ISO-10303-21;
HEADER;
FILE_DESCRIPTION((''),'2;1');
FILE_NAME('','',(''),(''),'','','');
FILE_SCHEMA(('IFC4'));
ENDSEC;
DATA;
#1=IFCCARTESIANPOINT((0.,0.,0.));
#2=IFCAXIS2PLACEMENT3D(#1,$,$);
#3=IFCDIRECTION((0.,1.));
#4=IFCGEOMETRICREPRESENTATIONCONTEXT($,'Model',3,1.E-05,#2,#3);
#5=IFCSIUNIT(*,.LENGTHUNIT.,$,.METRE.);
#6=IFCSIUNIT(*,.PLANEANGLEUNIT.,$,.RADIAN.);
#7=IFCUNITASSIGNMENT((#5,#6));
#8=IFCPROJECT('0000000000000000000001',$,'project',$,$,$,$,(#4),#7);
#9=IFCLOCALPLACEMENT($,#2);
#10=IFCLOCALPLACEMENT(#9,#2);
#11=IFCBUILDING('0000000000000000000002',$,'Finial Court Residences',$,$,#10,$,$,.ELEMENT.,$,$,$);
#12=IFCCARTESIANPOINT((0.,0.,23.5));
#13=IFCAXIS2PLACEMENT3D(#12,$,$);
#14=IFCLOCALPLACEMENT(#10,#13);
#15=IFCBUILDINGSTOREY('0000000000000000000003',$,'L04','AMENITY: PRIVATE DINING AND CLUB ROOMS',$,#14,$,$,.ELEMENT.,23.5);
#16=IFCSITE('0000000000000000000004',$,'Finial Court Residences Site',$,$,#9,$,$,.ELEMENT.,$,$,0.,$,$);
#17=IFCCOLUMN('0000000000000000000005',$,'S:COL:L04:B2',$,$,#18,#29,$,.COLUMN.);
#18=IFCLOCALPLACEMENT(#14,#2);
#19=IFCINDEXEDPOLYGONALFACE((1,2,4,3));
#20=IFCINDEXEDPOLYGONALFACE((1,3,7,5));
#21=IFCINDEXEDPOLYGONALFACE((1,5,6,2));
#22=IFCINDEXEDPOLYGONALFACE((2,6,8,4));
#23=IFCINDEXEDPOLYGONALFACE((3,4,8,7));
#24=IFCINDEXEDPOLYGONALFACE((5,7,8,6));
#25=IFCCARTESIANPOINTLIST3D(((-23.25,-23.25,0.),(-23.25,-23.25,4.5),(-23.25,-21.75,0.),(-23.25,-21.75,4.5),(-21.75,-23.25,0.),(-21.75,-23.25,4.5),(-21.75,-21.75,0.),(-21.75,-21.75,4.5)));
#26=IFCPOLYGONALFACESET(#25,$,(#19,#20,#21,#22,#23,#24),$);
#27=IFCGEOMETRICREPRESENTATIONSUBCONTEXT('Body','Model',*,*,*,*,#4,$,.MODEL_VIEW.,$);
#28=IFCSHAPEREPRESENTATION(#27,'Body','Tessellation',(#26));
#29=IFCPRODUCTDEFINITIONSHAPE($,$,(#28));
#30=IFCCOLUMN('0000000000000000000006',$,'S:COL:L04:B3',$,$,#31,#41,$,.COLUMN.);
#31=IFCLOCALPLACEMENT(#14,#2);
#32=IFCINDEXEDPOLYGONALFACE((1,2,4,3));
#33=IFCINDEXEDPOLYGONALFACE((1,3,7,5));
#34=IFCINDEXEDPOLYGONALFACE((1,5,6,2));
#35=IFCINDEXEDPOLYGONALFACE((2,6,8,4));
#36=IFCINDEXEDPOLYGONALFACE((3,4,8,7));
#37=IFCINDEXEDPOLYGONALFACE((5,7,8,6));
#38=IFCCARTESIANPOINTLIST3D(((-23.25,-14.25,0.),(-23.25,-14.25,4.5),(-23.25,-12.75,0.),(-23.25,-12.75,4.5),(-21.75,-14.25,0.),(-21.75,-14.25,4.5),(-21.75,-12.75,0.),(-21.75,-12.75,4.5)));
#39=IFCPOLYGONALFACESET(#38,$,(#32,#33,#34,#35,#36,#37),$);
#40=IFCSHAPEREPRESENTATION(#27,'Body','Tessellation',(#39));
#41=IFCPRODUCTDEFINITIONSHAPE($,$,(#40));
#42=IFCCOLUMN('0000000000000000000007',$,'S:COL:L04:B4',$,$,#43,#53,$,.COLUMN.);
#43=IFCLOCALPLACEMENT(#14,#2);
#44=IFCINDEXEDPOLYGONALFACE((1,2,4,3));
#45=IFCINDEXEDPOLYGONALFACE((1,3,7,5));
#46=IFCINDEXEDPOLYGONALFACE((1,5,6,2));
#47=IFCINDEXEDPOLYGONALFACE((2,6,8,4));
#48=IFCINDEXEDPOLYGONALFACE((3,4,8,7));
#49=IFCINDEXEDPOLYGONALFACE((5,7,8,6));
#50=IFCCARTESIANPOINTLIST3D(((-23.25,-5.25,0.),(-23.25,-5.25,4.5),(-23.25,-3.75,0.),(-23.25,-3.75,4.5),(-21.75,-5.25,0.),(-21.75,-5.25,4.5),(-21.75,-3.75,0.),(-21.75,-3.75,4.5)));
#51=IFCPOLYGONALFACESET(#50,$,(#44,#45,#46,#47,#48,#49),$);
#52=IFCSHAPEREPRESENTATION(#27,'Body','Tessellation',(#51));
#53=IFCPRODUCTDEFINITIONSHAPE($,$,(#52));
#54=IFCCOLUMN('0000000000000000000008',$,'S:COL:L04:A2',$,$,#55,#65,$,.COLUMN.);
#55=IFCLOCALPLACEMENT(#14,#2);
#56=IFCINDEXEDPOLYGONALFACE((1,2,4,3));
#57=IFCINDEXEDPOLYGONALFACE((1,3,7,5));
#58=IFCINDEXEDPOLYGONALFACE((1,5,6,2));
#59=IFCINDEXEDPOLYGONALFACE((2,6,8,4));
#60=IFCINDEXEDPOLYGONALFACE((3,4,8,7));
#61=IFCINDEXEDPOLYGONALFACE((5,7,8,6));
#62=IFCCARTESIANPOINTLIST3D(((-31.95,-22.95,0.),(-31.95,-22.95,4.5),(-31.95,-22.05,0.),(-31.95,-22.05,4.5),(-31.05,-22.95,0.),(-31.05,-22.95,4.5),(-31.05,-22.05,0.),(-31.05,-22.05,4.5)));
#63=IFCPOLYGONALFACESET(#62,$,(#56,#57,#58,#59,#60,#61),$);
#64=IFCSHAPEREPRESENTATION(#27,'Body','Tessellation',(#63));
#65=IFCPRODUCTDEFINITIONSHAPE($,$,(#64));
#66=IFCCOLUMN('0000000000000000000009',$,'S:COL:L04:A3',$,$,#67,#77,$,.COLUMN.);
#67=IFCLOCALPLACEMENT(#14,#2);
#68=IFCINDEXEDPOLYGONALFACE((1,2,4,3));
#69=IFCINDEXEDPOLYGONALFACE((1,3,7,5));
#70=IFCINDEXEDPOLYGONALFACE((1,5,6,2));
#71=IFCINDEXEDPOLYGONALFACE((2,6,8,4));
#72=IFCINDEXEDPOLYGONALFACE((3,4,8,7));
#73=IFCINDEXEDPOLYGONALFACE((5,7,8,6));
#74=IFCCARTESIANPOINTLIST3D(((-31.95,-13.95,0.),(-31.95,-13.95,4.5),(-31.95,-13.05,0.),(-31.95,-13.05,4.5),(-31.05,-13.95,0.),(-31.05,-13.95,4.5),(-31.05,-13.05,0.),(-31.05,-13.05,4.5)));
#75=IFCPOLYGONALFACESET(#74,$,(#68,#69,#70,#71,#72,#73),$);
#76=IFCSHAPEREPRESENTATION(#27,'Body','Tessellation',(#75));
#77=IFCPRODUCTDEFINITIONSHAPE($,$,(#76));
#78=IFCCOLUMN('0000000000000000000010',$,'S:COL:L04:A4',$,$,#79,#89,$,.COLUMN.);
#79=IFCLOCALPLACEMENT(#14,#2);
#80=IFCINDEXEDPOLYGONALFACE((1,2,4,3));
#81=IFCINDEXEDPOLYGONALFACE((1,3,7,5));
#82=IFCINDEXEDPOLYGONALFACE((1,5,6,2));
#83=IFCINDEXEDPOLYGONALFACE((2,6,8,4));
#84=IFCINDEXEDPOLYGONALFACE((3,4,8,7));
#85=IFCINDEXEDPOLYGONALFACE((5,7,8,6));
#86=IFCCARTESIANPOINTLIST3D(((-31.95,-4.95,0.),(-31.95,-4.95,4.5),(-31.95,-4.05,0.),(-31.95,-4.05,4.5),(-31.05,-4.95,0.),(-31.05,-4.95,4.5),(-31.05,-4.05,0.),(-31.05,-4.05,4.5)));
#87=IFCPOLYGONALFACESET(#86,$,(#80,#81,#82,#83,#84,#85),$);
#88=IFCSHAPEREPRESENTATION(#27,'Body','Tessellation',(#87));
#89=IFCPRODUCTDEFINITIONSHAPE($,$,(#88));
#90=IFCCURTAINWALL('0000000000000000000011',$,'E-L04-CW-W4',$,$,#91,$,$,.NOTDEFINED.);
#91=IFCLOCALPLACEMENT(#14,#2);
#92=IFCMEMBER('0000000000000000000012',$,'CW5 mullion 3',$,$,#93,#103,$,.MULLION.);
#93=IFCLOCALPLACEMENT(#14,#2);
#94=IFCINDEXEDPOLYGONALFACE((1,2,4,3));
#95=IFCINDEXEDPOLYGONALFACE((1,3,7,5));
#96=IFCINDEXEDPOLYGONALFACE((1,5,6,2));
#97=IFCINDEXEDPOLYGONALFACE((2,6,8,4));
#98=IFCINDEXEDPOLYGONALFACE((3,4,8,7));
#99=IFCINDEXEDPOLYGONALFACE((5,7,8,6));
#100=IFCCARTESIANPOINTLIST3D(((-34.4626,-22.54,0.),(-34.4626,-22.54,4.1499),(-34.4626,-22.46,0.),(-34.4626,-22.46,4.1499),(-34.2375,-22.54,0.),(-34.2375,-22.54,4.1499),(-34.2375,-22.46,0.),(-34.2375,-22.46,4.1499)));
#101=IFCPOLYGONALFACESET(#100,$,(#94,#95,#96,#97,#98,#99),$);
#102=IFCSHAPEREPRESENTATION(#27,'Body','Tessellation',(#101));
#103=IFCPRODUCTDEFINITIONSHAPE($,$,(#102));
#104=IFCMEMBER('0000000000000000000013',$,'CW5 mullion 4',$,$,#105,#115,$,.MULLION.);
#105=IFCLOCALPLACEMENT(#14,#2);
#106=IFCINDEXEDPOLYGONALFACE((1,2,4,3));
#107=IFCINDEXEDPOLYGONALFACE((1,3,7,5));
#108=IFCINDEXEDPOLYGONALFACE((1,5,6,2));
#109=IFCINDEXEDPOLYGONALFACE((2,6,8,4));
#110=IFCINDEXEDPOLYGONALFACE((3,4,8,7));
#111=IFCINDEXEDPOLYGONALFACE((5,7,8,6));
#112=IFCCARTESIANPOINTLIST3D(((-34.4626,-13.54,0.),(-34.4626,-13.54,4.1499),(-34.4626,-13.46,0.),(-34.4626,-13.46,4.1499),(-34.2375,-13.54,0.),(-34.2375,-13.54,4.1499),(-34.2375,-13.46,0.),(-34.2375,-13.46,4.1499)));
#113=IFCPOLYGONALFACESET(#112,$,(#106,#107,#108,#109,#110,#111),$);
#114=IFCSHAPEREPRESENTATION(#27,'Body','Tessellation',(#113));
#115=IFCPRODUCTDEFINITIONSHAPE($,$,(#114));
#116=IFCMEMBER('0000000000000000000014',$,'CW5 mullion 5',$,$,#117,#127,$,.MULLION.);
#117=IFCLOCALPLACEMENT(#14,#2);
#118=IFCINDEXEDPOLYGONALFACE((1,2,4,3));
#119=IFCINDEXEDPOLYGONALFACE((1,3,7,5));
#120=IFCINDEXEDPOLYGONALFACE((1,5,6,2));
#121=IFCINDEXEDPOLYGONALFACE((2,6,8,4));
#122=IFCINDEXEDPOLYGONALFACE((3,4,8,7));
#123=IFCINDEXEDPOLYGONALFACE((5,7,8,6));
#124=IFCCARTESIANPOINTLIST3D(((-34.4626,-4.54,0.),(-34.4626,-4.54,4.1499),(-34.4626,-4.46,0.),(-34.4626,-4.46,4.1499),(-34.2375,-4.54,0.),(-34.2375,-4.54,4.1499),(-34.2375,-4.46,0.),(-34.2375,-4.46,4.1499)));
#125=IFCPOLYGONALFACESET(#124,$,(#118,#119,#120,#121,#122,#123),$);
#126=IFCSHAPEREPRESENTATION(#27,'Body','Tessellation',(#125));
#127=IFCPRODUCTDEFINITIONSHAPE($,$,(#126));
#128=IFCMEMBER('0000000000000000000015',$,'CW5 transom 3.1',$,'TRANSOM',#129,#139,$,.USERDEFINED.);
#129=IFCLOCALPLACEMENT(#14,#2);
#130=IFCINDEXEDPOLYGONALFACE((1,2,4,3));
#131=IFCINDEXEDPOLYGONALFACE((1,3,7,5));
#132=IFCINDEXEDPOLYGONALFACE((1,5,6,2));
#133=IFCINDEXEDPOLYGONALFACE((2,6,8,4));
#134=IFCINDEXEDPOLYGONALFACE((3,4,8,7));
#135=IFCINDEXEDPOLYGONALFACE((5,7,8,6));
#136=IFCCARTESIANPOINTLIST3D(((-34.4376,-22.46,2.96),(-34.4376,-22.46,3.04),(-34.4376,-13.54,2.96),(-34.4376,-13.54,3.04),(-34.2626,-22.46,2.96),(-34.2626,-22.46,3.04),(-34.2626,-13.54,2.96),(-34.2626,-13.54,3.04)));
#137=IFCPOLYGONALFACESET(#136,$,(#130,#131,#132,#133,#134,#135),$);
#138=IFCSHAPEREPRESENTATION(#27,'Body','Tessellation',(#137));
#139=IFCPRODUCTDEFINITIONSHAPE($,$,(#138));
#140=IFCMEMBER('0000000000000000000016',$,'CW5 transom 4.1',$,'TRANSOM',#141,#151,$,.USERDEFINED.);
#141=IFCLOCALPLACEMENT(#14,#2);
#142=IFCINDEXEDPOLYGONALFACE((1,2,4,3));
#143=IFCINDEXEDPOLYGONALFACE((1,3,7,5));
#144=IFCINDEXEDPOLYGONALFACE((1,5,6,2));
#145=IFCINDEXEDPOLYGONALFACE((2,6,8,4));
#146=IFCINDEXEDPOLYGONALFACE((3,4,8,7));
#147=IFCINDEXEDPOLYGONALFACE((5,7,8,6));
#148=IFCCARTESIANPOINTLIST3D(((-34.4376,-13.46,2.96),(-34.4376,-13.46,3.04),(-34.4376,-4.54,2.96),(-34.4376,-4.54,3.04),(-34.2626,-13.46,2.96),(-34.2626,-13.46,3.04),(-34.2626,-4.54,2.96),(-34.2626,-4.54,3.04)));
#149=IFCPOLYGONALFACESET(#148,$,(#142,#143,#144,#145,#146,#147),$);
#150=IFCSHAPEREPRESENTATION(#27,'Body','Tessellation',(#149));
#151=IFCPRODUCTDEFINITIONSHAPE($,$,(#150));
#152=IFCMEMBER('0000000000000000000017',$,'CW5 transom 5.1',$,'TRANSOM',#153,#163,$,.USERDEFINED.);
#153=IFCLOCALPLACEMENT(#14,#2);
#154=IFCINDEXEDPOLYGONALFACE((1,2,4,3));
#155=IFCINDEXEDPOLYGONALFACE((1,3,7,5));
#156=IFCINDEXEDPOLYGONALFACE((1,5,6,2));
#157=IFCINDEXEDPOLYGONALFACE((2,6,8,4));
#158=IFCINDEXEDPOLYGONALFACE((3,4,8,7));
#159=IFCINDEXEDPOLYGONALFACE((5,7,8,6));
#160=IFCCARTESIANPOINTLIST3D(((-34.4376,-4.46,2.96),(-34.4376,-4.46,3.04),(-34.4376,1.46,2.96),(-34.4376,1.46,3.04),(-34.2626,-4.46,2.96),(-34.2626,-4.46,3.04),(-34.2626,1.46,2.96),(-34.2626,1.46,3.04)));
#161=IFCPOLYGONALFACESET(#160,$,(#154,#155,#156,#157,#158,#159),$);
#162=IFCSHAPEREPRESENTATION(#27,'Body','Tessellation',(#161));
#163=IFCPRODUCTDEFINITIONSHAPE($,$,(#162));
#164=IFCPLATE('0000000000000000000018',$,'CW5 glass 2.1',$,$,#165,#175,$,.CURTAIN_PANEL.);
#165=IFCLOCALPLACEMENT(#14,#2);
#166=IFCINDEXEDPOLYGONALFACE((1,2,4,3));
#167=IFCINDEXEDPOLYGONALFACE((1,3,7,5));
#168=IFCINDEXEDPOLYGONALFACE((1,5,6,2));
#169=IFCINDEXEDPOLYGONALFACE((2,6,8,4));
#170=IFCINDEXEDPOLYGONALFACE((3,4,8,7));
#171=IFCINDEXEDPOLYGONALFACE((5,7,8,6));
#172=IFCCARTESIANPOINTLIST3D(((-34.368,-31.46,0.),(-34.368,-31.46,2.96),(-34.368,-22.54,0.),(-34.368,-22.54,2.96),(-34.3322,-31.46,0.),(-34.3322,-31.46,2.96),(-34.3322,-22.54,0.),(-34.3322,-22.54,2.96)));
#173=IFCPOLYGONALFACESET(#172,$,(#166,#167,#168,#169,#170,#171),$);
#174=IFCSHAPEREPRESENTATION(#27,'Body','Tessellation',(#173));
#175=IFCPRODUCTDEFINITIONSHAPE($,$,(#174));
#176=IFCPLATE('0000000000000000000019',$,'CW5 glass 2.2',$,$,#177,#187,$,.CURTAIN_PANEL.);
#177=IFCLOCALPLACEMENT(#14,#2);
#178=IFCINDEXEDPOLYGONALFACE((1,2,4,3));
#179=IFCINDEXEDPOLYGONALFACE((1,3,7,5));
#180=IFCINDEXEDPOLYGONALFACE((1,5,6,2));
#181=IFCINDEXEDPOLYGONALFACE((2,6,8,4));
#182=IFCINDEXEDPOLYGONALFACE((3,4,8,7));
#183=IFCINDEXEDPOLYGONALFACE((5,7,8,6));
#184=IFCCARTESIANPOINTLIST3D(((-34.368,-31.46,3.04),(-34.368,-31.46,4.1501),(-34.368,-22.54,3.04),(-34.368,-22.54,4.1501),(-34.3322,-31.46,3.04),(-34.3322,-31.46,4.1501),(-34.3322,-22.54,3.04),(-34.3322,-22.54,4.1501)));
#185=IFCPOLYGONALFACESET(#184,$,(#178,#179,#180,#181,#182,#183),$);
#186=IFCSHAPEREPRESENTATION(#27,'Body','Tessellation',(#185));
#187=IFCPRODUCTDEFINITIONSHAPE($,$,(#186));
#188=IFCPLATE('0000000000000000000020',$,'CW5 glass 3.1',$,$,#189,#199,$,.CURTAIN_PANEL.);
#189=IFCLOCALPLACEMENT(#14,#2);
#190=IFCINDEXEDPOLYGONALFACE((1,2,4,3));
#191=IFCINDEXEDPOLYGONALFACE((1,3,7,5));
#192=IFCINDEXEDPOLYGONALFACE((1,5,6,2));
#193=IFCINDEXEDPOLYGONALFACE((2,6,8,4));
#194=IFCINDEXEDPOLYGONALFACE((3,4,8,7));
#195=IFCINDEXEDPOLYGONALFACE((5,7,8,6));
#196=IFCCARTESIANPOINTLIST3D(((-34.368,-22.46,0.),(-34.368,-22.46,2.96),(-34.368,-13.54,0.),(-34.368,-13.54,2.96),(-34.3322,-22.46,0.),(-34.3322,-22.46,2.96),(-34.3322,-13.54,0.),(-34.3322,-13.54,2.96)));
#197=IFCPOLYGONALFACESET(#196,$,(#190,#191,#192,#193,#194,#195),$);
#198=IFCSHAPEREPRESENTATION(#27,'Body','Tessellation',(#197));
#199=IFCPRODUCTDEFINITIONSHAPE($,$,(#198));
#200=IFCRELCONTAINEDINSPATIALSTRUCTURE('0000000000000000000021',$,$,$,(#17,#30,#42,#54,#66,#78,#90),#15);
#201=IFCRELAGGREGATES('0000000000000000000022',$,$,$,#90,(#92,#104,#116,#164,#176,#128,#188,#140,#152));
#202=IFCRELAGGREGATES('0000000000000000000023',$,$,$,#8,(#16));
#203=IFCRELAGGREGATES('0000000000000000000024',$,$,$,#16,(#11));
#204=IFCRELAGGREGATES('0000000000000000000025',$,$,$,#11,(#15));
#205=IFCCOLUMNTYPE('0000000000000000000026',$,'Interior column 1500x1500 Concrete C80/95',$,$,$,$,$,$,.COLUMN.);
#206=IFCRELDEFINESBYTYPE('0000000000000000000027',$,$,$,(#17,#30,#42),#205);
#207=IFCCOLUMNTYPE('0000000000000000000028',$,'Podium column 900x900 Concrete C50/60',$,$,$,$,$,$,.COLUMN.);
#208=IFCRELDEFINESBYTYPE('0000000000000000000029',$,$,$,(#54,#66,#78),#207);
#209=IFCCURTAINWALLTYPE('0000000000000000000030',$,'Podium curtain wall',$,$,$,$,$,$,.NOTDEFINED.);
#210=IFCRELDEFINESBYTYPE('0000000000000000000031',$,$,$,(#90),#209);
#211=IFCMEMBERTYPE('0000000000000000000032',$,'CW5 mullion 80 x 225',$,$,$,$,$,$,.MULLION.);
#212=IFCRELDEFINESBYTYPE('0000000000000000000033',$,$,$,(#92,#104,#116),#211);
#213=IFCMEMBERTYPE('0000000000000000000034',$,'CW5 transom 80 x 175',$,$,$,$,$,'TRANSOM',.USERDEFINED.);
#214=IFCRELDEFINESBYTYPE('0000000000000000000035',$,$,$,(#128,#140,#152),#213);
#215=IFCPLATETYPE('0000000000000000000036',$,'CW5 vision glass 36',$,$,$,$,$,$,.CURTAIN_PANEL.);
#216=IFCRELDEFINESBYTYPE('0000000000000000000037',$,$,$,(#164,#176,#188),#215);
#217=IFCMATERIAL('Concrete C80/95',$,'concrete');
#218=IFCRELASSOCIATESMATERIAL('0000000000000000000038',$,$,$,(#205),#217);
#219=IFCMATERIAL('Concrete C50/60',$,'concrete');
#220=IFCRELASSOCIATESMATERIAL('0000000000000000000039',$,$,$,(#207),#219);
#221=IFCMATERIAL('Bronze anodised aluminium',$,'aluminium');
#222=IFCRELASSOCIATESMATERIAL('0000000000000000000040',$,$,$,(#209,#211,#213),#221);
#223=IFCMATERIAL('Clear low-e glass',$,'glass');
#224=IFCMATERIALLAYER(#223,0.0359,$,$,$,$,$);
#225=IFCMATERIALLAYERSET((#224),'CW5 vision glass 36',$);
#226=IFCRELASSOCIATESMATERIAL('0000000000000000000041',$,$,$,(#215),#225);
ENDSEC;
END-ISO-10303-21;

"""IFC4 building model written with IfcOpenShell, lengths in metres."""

from ifc_helpers import new_model, si_unit, direction, frame, origin, origin_2d, place, context, subcontext, project, spatial, rectangle, extrude, material, layer, layer_set, material_profile, profile_set, type_object, element, aggregate, save


model = new_model("IFC4")

# Units and contexts
model_context = context("Model", 3, precision=1e-05, world=origin(), true_north=direction((0.0, 1.0)))
body_context = subcontext(model_context, "Body", "Model", "MODEL_VIEW")
ifc_project = project(units=[si_unit("LENGTHUNIT", "METRE"), si_unit("PLANEANGLEUNIT", "RADIAN")], contexts=[model_context])

# Site, building, storey
site_placement = place(None, origin())
site = spatial("IfcSite", under=ifc_project, at=site_placement, Name="Finial Court Residences Site", CompositionType="ELEMENT", RefElevation=0.0)
building_placement = place(site_placement, origin())
building = spatial("IfcBuilding", under=site, at=building_placement, Name="Finial Court Residences", CompositionType="ELEMENT")
storey_placement = place(building_placement, frame((0.0, 0.0, 23.5)))
storey = spatial("IfcBuildingStorey", under=building, at=storey_placement, Name="L04", Description="AMENITY: PRIVATE DINING AND CLUB ROOMS", CompositionType="ELEMENT", Elevation=23.5)

# Columns
ifc_material_1 = material(Name="Concrete C80/95", Category="concrete")
ifc_material_profile_1 = material_profile(ifc_material_1, rectangle(XDim=1.5, YDim=1.5, at=origin_2d()), Name="1500x1500")
ifc_profile_set_1 = profile_set([ifc_material_profile_1], Name="Concrete C80/95")
column_type_1 = type_object("IfcColumnType", Name="Interior column 1500x1500 Concrete C80/95", PredefinedType="COLUMN", material=ifc_profile_set_1)
for number, where, z_axis, x_axis, name in (
    (1, (-22.5, -22.5, 0.0), (0.0, 0.0, 1.0), (1.0, 0.0, 0.0), "S:COL:L04:B2"),
    (2, (-22.5, -13.5, 0.0), (0.0, 0.0, 1.0), (1.0, 0.0, 0.0), "S:COL:L04:B3"),
    (3, (-22.5, -4.5, 0.0), (0.0, 0.0, 1.0), (1.0, 0.0, 0.0), "S:COL:L04:B4"),
):
    element("IfcColumn", number, at=place(storey_placement, frame(where, z_axis=z_axis, x_axis=x_axis)), inside=storey, type_object=column_type_1, Name=name, PredefinedType="COLUMN", context=body_context, shape_type="SweptSolid", body=[
        extrude(rectangle(XDim=1.5, YDim=1.5, at=origin_2d()), origin(), (0.0, 0.0, 1.0), 4.5),
    ])
ifc_material_2 = material(Name="Concrete C50/60", Category="concrete")
ifc_material_profile_2 = material_profile(ifc_material_2, rectangle(XDim=0.8999, YDim=0.8999, at=origin_2d()), Name="900x900")
ifc_profile_set_2 = profile_set([ifc_material_profile_2], Name="Concrete C50/60")
column_type_2 = type_object("IfcColumnType", Name="Podium column 900x900 Concrete C50/60", PredefinedType="COLUMN", material=ifc_profile_set_2)
for number, where, z_axis, x_axis, name in (
    (4, (-31.5, -22.5, 0.0), (0.0, 0.0, 1.0), (1.0, 0.0, 0.0), "S:COL:L04:A2"),
    (5, (-31.5, -13.5, 0.0), (0.0, 0.0, 1.0), (1.0, 0.0, 0.0), "S:COL:L04:A3"),
    (6, (-31.5, -4.5, 0.0), (0.0, 0.0, 1.0), (1.0, 0.0, 0.0), "S:COL:L04:A4"),
):
    element("IfcColumn", number, at=place(storey_placement, frame(where, z_axis=z_axis, x_axis=x_axis)), inside=storey, type_object=column_type_2, Name=name, PredefinedType="COLUMN", context=body_context, shape_type="SweptSolid", body=[
        extrude(rectangle(XDim=0.8999, YDim=0.8999, at=origin_2d()), origin(), (0.0, 0.0, 1.0), 4.5),
    ])

# Curtain wall, members, plates
ifc_material_3 = material(Name="Bronze anodised aluminium", Category="aluminium")
curtain_wall_type = type_object("IfcCurtainWallType", Name="Podium curtain wall", PredefinedType="NOTDEFINED", material=ifc_material_3)
curtain_wall_placement = place(storey_placement, origin())
curtain_wall = element("IfcCurtainWall", 7, at=curtain_wall_placement, inside=storey, type_object=curtain_wall_type, Name="E-L04-CW-W4", PredefinedType="NOTDEFINED")
ifc_material_profile_3 = material_profile(ifc_material_3, rectangle(XDim=0.2251, YDim=0.0801, at=origin_2d()), Name="CW5 mullion 80 x 225")
ifc_profile_set_3 = profile_set([ifc_material_profile_3], Name="Bronze anodised aluminium")
member_type_1 = type_object("IfcMemberType", Name="CW5 mullion 80 x 225", PredefinedType="MULLION", material=ifc_profile_set_3)
member_1_placement = place(storey_placement, frame((-34.3501, -22.5, 0.0), z_axis=(0.0, 0.0, 1.0), x_axis=(-1.0, 0.0, 0.0)))
member_1 = element("IfcMember", 8, at=member_1_placement, type_object=member_type_1, Name="CW5 mullion 3", PredefinedType="MULLION", context=body_context, shape_type="SweptSolid", body=[
    extrude(rectangle(XDim=0.2251, YDim=0.0801, at=origin_2d()), origin(), (0.0, 0.0, 1.0), 4.1499),
])
member_2_placement = place(storey_placement, frame((-34.3501, -13.5, 0.0), z_axis=(0.0, 0.0, 1.0), x_axis=(-1.0, 0.0, 0.0)))
member_2 = element("IfcMember", 9, at=member_2_placement, type_object=member_type_1, Name="CW5 mullion 4", PredefinedType="MULLION", context=body_context, shape_type="SweptSolid", body=[
    extrude(rectangle(XDim=0.2251, YDim=0.0801, at=origin_2d()), origin(), (0.0, 0.0, 1.0), 4.1499),
])
member_3_placement = place(storey_placement, frame((-34.3501, -4.5, 0.0), z_axis=(0.0, 0.0, 1.0), x_axis=(-1.0, 0.0, 0.0)))
member_3 = element("IfcMember", 10, at=member_3_placement, type_object=member_type_1, Name="CW5 mullion 5", PredefinedType="MULLION", context=body_context, shape_type="SweptSolid", body=[
    extrude(rectangle(XDim=0.2251, YDim=0.0801, at=origin_2d()), origin(), (0.0, 0.0, 1.0), 4.1499),
])
ifc_material_profile_4 = material_profile(ifc_material_3, rectangle(XDim=0.175, YDim=0.0801, at=origin_2d()), Name="CW5 transom 80 x 175")
ifc_profile_set_4 = profile_set([ifc_material_profile_4], Name="Bronze anodised aluminium")
member_type_2 = type_object("IfcMemberType", Name="CW5 transom 80 x 175", ElementType="TRANSOM", PredefinedType="USERDEFINED", material=ifc_profile_set_4)
member_4_placement = place(storey_placement, frame((-34.3501, -22.46, 3.0), z_axis=(0.0, 1.0, 0.0), x_axis=(-1.0, 0.0, 0.0)))
member_4 = element("IfcMember", 11, at=member_4_placement, type_object=member_type_2, Name="CW5 transom 3.1", ObjectType="TRANSOM", PredefinedType="USERDEFINED", context=body_context, shape_type="SweptSolid", body=[
    extrude(rectangle(XDim=0.175, YDim=0.0801, at=origin_2d()), origin(), (0.0, 0.0, 1.0), 8.9199),
])
member_5_placement = place(storey_placement, frame((-34.3501, -13.46, 3.0), z_axis=(0.0, 1.0, 0.0), x_axis=(-1.0, 0.0, 0.0)))
member_5 = element("IfcMember", 12, at=member_5_placement, type_object=member_type_2, Name="CW5 transom 4.1", ObjectType="TRANSOM", PredefinedType="USERDEFINED", context=body_context, shape_type="SweptSolid", body=[
    extrude(rectangle(XDim=0.175, YDim=0.0801, at=origin_2d()), origin(), (0.0, 0.0, 1.0), 8.9199),
])
member_6_placement = place(storey_placement, frame((-34.3501, -4.46, 3.0), z_axis=(0.0, 1.0, 0.0), x_axis=(-1.0, 0.0, 0.0)))
member_6 = element("IfcMember", 13, at=member_6_placement, type_object=member_type_2, Name="CW5 transom 5.1", ObjectType="TRANSOM", PredefinedType="USERDEFINED", context=body_context, shape_type="SweptSolid", body=[
    extrude(rectangle(XDim=0.175, YDim=0.0801, at=origin_2d()), origin(), (0.0, 0.0, 1.0), 5.9199),
])
ifc_material_4 = material(Name="Clear low-e glass", Category="glass")
ifc_layer_1 = layer(ifc_material_4, 0.0359)
ifc_layer_set_1 = layer_set([ifc_layer_1], Name="CW5 vision glass 36")
plate_type = type_object("IfcPlateType", Name="CW5 vision glass 36", PredefinedType="CURTAIN_PANEL", material=ifc_layer_set_1)
plate_1_placement = place(storey_placement, frame((-34.3501, -27.0, 0.0), z_axis=(0.0, 0.0, 1.0), x_axis=(0.0, 1.0, 0.0)))
plate_1 = element("IfcPlate", 14, at=plate_1_placement, type_object=plate_type, Name="CW5 glass 2.1", PredefinedType="CURTAIN_PANEL", context=body_context, shape_type="SweptSolid", body=[
    extrude(rectangle(XDim=8.9199, YDim=0.0359, at=origin_2d()), origin(), (0.0, 0.0, 1.0), 2.96),
])
plate_2_placement = place(storey_placement, frame((-34.3501, -27.0, 3.04), z_axis=(0.0, 0.0, 1.0), x_axis=(0.0, 1.0, 0.0)))
plate_2 = element("IfcPlate", 15, at=plate_2_placement, type_object=plate_type, Name="CW5 glass 2.2", PredefinedType="CURTAIN_PANEL", context=body_context, shape_type="SweptSolid", body=[
    extrude(rectangle(XDim=8.9199, YDim=0.0359, at=origin_2d()), origin(), (0.0, 0.0, 1.0), 1.1101),
])
plate_3_placement = place(storey_placement, frame((-34.3501, -18.0, 0.0), z_axis=(0.0, 0.0, 1.0), x_axis=(0.0, 1.0, 0.0)))
plate_3 = element("IfcPlate", 16, at=plate_3_placement, type_object=plate_type, Name="CW5 glass 3.1", PredefinedType="CURTAIN_PANEL", context=body_context, shape_type="SweptSolid", body=[
    extrude(rectangle(XDim=8.9199, YDim=0.0359, at=origin_2d()), origin(), (0.0, 0.0, 1.0), 2.96),
])
aggregate(curtain_wall, [member_1, member_2, member_3, plate_1, plate_2, member_4, plate_3, member_5, member_6])

save(model, "model.ifc")
